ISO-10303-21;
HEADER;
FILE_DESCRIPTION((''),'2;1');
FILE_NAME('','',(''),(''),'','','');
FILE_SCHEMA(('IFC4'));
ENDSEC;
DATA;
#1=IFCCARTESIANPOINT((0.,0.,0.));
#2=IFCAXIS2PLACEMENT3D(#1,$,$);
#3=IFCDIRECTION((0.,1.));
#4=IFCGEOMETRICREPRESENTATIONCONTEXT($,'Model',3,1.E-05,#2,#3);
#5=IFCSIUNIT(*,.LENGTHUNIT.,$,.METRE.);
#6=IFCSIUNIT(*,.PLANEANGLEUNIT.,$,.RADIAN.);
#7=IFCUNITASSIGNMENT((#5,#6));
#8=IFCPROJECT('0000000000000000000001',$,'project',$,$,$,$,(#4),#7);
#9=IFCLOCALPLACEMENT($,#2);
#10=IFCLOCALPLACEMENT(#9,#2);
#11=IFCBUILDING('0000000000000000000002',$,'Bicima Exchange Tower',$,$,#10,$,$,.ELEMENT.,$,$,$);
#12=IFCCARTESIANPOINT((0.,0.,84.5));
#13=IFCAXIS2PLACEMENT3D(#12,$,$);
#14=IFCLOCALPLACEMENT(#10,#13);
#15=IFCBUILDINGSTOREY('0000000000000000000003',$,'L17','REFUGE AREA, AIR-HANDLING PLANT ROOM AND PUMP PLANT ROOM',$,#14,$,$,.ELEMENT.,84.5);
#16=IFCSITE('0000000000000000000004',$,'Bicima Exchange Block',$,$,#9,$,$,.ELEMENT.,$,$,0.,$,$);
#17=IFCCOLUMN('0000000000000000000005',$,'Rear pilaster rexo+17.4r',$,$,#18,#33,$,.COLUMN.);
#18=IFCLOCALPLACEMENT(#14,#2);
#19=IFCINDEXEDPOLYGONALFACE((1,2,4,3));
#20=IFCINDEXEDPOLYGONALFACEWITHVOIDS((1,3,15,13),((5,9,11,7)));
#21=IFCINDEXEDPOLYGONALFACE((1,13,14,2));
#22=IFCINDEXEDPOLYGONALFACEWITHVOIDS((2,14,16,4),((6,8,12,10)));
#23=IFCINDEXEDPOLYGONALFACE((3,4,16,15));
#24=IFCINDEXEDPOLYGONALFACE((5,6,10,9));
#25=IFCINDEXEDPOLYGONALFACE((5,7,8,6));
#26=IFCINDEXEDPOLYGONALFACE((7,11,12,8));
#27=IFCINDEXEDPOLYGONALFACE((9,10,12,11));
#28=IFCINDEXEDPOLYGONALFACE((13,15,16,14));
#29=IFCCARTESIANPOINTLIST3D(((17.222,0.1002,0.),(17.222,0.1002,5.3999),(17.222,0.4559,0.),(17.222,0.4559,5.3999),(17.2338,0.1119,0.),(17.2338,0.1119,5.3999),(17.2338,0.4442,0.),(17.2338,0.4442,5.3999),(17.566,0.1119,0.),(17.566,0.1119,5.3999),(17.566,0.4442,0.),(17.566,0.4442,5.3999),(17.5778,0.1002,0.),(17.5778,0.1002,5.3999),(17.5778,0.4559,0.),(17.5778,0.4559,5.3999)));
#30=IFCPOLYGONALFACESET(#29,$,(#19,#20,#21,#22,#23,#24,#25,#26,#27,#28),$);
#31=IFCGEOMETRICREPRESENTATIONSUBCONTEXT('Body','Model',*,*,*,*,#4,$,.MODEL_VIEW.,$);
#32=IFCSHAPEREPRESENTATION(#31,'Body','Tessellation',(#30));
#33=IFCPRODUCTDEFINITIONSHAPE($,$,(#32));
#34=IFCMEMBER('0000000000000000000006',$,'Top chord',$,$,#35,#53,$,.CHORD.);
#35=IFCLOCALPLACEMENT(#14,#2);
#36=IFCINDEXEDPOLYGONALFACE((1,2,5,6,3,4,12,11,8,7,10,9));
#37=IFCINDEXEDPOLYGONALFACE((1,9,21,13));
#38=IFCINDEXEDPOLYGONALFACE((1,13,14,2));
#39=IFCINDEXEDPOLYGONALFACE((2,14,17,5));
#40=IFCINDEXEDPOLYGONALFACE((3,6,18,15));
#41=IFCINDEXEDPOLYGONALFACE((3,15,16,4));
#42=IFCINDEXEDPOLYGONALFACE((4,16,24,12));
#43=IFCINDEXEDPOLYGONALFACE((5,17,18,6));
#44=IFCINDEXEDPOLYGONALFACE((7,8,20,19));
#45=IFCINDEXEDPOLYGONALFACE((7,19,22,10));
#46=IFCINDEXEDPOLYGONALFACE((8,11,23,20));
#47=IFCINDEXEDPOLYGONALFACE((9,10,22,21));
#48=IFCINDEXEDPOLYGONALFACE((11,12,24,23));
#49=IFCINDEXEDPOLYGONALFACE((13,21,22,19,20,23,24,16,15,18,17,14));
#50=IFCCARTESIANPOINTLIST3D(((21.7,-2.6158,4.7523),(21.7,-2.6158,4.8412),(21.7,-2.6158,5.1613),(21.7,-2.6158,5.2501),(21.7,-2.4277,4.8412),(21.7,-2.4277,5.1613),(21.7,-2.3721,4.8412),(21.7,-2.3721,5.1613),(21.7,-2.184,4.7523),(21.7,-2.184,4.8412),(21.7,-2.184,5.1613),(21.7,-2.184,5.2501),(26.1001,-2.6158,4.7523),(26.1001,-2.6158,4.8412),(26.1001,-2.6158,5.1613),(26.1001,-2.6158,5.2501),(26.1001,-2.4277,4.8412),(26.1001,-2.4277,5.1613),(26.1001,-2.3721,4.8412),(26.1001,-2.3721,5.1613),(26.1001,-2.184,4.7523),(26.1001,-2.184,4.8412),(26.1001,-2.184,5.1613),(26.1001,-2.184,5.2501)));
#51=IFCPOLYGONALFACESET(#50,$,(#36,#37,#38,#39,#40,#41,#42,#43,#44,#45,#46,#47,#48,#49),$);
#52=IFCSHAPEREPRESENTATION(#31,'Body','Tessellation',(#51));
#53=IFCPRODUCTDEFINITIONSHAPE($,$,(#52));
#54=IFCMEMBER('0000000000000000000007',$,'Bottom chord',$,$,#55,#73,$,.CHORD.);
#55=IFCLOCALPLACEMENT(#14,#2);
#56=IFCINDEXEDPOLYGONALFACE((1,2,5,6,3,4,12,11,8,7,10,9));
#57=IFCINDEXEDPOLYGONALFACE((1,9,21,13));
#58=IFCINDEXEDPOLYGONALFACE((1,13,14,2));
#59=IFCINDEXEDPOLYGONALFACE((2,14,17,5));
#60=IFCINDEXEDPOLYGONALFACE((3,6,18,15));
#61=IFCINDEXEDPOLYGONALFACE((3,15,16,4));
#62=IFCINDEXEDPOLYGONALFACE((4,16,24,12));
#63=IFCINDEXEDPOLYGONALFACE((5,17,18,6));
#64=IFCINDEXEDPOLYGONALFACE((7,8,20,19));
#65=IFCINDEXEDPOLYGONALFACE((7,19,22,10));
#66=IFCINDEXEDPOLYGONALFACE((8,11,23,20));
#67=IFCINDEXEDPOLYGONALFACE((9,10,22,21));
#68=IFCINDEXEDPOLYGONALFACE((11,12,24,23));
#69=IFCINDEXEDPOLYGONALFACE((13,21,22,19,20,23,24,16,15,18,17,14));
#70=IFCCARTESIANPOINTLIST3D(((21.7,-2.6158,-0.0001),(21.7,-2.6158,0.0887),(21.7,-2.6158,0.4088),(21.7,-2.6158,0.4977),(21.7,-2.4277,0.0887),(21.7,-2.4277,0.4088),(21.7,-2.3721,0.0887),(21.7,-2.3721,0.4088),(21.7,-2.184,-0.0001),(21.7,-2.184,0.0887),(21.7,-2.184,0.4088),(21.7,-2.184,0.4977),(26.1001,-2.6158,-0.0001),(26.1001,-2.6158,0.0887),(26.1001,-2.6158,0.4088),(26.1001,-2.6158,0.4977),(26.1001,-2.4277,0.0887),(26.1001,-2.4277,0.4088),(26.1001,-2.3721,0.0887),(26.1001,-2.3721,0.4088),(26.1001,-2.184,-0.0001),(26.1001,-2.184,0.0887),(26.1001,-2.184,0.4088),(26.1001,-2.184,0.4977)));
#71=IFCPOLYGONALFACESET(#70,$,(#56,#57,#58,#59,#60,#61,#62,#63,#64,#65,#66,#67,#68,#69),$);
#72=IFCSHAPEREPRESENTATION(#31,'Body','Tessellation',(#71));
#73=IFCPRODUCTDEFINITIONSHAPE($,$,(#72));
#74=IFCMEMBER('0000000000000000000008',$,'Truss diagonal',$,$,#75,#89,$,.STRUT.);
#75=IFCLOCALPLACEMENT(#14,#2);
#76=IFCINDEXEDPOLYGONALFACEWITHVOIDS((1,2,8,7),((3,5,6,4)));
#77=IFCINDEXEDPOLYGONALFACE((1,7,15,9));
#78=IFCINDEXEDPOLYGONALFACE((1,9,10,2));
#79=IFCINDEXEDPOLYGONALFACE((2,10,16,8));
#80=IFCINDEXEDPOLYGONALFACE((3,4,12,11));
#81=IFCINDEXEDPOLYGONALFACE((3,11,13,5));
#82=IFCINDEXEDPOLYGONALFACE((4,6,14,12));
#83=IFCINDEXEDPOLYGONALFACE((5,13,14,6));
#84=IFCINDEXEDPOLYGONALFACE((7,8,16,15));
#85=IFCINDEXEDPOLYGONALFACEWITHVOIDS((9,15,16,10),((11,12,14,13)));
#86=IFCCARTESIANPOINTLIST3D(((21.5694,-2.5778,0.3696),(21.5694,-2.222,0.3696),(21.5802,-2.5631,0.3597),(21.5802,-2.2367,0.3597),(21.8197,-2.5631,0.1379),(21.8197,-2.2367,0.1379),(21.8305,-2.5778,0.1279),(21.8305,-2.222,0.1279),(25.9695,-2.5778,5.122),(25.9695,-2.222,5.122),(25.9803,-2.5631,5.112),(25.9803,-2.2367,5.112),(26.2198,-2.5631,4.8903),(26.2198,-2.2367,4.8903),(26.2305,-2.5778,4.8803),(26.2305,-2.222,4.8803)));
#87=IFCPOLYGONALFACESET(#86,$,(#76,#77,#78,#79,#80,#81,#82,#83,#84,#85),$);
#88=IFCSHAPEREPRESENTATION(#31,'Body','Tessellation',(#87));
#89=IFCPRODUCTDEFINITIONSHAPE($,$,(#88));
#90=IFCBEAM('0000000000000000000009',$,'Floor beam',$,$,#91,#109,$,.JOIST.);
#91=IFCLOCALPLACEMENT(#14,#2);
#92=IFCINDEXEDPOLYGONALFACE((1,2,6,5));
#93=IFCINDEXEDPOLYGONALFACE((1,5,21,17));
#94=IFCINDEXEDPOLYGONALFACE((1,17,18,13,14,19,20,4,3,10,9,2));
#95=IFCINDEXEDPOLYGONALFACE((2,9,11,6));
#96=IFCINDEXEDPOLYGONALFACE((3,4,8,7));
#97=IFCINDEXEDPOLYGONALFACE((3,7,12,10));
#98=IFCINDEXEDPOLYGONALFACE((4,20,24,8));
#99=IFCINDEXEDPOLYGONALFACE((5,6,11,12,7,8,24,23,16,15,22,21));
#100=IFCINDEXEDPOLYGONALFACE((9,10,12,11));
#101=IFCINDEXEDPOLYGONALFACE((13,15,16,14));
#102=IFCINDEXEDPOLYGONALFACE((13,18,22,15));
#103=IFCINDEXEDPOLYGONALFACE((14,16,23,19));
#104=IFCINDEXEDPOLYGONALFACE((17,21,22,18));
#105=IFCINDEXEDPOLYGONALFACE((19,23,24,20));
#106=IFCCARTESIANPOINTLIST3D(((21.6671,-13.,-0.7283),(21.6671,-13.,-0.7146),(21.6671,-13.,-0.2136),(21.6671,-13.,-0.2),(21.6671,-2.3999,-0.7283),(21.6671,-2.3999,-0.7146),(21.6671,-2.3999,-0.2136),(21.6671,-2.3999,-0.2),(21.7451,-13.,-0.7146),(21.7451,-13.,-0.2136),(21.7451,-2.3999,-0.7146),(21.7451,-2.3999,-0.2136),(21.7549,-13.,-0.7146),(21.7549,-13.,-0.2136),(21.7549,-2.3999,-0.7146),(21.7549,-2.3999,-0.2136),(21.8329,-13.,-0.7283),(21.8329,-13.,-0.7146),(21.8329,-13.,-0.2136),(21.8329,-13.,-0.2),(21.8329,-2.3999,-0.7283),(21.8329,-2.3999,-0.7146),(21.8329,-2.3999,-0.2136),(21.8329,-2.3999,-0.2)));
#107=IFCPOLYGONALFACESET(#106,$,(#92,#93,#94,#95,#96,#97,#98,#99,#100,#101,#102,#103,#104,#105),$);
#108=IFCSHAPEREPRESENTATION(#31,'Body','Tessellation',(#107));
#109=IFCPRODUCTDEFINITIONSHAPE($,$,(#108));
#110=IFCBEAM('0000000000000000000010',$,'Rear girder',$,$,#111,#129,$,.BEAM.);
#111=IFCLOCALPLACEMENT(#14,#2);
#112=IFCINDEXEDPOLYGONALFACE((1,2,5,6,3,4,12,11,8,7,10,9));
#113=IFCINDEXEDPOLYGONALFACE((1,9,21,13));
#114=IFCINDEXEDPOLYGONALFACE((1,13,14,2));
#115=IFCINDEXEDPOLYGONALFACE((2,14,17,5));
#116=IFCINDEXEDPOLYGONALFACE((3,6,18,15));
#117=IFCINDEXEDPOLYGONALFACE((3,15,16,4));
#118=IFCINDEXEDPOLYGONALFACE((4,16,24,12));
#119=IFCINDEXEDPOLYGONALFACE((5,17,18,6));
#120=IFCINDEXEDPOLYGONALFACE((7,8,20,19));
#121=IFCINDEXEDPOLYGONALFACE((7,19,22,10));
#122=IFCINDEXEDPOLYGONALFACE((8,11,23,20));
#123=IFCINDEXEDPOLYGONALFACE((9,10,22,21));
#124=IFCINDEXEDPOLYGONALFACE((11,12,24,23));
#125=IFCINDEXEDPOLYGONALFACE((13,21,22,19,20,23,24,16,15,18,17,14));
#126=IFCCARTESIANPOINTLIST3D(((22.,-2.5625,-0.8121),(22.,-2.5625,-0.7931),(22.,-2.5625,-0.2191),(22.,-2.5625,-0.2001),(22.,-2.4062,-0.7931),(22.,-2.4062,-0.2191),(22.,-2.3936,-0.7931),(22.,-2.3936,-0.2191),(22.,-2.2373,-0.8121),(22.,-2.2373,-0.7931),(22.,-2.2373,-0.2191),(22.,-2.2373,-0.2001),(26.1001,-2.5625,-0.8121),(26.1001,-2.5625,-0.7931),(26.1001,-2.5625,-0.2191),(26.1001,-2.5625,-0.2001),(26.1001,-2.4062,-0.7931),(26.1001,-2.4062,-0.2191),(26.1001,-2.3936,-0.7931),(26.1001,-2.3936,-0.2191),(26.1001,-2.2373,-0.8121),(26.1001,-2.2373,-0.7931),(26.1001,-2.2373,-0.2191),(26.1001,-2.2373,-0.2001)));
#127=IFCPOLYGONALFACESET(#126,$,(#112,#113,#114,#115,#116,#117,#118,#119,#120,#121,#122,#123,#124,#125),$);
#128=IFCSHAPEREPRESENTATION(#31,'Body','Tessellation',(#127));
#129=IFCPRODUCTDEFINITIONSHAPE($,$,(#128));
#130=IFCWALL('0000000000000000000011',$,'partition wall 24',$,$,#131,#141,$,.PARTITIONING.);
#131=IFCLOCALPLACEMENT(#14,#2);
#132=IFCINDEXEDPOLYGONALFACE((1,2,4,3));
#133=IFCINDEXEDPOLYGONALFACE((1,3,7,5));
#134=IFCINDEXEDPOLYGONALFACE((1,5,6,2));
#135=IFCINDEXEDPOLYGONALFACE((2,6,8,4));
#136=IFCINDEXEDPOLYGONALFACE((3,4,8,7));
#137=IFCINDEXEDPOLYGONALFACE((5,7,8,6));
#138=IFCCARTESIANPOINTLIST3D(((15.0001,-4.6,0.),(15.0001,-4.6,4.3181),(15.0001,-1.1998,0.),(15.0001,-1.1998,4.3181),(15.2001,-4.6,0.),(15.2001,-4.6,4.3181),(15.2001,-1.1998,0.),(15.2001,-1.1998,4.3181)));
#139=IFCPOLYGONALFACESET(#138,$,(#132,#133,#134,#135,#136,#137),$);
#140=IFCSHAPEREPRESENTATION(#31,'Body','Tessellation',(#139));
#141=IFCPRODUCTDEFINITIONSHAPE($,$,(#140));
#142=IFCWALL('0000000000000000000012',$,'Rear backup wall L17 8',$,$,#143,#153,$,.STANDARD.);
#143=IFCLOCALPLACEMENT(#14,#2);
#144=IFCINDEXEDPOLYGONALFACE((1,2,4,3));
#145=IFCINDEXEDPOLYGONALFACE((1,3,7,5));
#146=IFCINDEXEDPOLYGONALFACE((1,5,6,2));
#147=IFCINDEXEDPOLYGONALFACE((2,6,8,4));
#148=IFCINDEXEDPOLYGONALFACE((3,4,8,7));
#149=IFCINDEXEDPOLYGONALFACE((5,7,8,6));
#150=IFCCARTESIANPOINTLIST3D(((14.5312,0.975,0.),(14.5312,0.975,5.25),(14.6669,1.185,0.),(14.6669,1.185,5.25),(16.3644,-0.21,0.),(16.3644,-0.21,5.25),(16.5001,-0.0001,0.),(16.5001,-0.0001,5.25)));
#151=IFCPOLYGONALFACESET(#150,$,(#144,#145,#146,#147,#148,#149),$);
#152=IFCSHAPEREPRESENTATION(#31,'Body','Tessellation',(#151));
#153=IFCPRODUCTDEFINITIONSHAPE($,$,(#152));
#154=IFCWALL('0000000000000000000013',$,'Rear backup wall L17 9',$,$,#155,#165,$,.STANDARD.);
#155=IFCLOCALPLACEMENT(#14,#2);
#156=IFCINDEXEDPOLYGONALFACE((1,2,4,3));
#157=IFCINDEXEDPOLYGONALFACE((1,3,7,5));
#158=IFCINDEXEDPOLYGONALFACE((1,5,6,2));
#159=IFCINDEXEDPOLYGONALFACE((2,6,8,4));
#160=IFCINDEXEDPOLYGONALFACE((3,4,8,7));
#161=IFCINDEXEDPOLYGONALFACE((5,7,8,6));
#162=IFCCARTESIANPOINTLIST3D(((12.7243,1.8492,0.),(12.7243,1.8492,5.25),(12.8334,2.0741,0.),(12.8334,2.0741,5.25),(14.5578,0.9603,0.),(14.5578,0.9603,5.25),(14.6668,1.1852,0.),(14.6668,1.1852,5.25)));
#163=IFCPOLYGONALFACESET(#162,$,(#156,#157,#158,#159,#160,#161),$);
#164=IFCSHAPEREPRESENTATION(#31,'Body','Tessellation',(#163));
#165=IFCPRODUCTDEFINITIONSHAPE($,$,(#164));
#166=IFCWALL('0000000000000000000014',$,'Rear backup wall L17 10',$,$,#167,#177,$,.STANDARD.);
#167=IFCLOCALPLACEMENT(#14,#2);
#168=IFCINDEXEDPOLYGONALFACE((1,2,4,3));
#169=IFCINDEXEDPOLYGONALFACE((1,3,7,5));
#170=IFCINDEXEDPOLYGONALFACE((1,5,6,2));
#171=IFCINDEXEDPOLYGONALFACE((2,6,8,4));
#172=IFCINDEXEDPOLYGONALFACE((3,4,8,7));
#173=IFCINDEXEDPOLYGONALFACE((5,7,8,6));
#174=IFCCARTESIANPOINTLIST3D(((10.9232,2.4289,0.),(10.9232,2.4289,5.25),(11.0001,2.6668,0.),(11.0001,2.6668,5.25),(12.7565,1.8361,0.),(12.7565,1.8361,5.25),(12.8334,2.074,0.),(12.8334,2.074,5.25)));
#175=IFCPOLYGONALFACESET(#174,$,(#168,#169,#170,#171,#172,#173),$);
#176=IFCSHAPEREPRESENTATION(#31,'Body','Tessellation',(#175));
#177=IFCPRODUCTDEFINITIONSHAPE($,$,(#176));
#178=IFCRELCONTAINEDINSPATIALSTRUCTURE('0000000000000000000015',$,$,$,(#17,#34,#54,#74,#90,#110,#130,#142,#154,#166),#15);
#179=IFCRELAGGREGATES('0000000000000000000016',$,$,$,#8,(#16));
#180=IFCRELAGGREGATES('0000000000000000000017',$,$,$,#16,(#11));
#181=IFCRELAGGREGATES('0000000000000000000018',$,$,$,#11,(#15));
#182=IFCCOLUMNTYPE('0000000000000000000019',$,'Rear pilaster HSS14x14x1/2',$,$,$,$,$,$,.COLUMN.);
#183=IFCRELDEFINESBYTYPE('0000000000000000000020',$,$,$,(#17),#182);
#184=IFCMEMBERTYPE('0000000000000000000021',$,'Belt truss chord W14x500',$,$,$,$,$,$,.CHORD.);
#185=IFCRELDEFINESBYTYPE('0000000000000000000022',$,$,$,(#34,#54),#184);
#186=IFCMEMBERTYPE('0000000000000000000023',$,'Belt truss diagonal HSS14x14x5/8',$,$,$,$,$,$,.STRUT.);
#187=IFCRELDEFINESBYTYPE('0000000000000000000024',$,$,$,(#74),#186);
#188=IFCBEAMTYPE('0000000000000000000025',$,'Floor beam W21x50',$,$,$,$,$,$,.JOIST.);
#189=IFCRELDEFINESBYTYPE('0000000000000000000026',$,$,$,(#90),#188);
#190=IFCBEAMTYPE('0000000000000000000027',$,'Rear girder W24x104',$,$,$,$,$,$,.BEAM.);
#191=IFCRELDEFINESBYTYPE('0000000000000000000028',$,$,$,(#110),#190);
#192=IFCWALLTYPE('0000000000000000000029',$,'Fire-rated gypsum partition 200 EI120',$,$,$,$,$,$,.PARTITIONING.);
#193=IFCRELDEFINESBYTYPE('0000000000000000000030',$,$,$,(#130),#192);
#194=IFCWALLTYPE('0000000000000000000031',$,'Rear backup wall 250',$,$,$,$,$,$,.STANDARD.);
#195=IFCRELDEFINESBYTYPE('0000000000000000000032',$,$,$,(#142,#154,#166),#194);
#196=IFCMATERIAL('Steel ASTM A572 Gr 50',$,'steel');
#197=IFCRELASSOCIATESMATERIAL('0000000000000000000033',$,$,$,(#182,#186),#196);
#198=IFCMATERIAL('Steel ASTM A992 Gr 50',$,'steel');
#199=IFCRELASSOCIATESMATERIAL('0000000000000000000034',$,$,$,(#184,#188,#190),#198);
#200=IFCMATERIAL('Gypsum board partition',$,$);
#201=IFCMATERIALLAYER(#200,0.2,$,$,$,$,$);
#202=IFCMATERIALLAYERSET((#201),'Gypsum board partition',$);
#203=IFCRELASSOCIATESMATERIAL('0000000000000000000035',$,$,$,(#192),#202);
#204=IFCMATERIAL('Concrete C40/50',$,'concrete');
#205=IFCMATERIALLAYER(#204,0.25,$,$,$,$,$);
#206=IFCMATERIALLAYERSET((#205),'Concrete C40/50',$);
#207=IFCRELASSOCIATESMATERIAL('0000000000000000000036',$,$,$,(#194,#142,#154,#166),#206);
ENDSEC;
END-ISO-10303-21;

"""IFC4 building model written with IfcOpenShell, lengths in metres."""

from ifc_helpers import new_model, si_unit, direction, frame, frame_2d, origin, origin_2d, place, context, subcontext, project, spatial, rectangle, hollow_rectangle, i_section, extrude, material, layer, layer_set, layer_usage, material_profile, profile_set, type_object, element, save


model = new_model("IFC4")

# Units and contexts
model_context = context("Model", 3, precision=1e-05, world=origin(), true_north=direction((0.0, 1.0)))
body_context = subcontext(model_context, "Body", "Model", "MODEL_VIEW")
ifc_project = project(units=[si_unit("LENGTHUNIT", "METRE"), si_unit("PLANEANGLEUNIT", "RADIAN")], contexts=[model_context])

# Site, building, storey
site_placement = place(None, origin())
site = spatial("IfcSite", under=ifc_project, at=site_placement, Name="Bicima Exchange Block", CompositionType="ELEMENT", RefElevation=0.0)
building_placement = place(site_placement, origin())
building = spatial("IfcBuilding", under=site, at=building_placement, Name="Bicima Exchange Tower", CompositionType="ELEMENT")
storey_placement = place(building_placement, frame((0.0, 0.0, 84.5)))
storey = spatial("IfcBuildingStorey", under=building, at=storey_placement, Name="L17", Description="REFUGE AREA, AIR-HANDLING PLANT ROOM AND PUMP PLANT ROOM", CompositionType="ELEMENT", Elevation=84.5)

# Column
ifc_material_1 = material(Name="Steel ASTM A572 Gr 50", Category="steel")
ifc_material_profile_1 = material_profile(ifc_material_1, hollow_rectangle(XDim=0.3557, YDim=0.3557, WallThickness=0.0117, at=origin_2d()))
ifc_profile_set_1 = profile_set([ifc_material_profile_1], Name="Steel ASTM A572 Gr 50")
column_type = type_object("IfcColumnType", Name="Rear pilaster HSS14x14x1/2", PredefinedType="COLUMN", material=ifc_profile_set_1)
column_placement = place(storey_placement, frame((17.3999, 0.2781, 0.0), z_axis=(0.0, 0.0, 1.0), x_axis=(1.0, 0.0, 0.0)))
element("IfcColumn", 1, at=column_placement, inside=storey, type_object=column_type, Name="Rear pilaster rexo+17.4r", PredefinedType="COLUMN", context=body_context, shape_type="SweptSolid", body=[
    extrude(hollow_rectangle(XDim=0.3557, YDim=0.3557, WallThickness=0.0117, at=origin_2d()), origin(), (0.0, 0.0, 1.0), 5.3999),
])

# Members
ifc_material_2 = material(Name="Steel ASTM A992 Gr 50", Category="steel")
ifc_material_profile_2 = material_profile(ifc_material_2, i_section(OverallWidth=0.4319, OverallDepth=0.4978, WebThickness=0.0557, FlangeThickness=0.0889, at=origin_2d()))
ifc_profile_set_2 = profile_set([ifc_material_profile_2], Name="Steel ASTM A992 Gr 50")
member_type_1 = type_object("IfcMemberType", Name="Belt truss chord W14x500", PredefinedType="CHORD", material=ifc_profile_set_2)
for number, where, z_axis, x_axis, name in (
    (2, (21.7, -2.3999, 5.0012), (1.0, 0.0, 0.0), (0.0, 1.0, 0.0), "Top chord"),
    (3, (21.7, -2.3999, 0.2488), (1.0, 0.0, 0.0), (0.0, 1.0, 0.0), "Bottom chord"),
):
    element("IfcMember", number, at=place(storey_placement, frame(where, z_axis=z_axis, x_axis=x_axis)), inside=storey, type_object=member_type_1, Name=name, PredefinedType="CHORD", context=body_context, shape_type="SweptSolid", body=[
        extrude(i_section(OverallWidth=0.4319, OverallDepth=0.4978, WebThickness=0.0557, FlangeThickness=0.0889, at=origin_2d()), origin(), (0.0, 0.0, 1.0), 4.4001),
    ])
ifc_material_profile_3 = material_profile(ifc_material_1, hollow_rectangle(XDim=0.3557, YDim=0.3557, WallThickness=0.0146, at=origin_2d()))
ifc_profile_set_3 = profile_set([ifc_material_profile_3], Name="Steel ASTM A572 Gr 50")
member_type_2 = type_object("IfcMemberType", Name="Belt truss diagonal HSS14x14x5/8", PredefinedType="STRUT", material=ifc_profile_set_3)
member_placement = place(storey_placement, frame((21.7, -2.3999, 0.2488), z_axis=(0.679386, 0.0, 0.733781), x_axis=(0.0, 1.0, 0.0)))
element("IfcMember", 4, at=member_placement, inside=storey, type_object=member_type_2, Name="Truss diagonal", PredefinedType="STRUT", context=body_context, shape_type="SweptSolid", body=[
    extrude(hollow_rectangle(XDim=0.3557, YDim=0.3557, WallThickness=0.0146, at=origin_2d()), origin(), (0.0, 0.0, 1.0), 6.4766),
])

# Beams
ifc_material_profile_4 = material_profile(ifc_material_2, i_section(OverallWidth=0.1658, OverallDepth=0.5283, WebThickness=0.0098, FlangeThickness=0.0137, at=origin_2d()))
ifc_profile_set_4 = profile_set([ifc_material_profile_4], Name="Steel ASTM A992 Gr 50")
beam_type_1 = type_object("IfcBeamType", Name="Floor beam W21x50", PredefinedType="JOIST", material=ifc_profile_set_4)
beam_1_placement = place(storey_placement, frame((21.75, -2.3999, -0.4641), z_axis=(0.0, -1.0, 0.0), x_axis=(1.0, 0.0, 0.0)))
element("IfcBeam", 5, at=beam_1_placement, inside=storey, type_object=beam_type_1, Name="Floor beam", PredefinedType="JOIST", context=body_context, shape_type="SweptSolid", body=[
    extrude(i_section(OverallWidth=0.1658, OverallDepth=0.5283, WebThickness=0.0098, FlangeThickness=0.0137, at=origin_2d()), origin(), (0.0, 0.0, 1.0), 10.6001),
])
ifc_material_profile_5 = material_profile(ifc_material_2, i_section(OverallWidth=0.3252, OverallDepth=0.6121, WebThickness=0.0127, FlangeThickness=0.019, at=origin_2d()))
ifc_profile_set_5 = profile_set([ifc_material_profile_5], Name="Steel ASTM A992 Gr 50")
beam_type_2 = type_object("IfcBeamType", Name="Rear girder W24x104", PredefinedType="BEAM", material=ifc_profile_set_5)
beam_2_placement = place(storey_placement, frame((22.0, -2.3999, -0.5061), z_axis=(1.0, 0.0, 0.0), x_axis=(0.0, 1.0, 0.0)))
element("IfcBeam", 6, at=beam_2_placement, inside=storey, type_object=beam_type_2, Name="Rear girder", PredefinedType="BEAM", context=body_context, shape_type="SweptSolid", body=[
    extrude(i_section(OverallWidth=0.3252, OverallDepth=0.6121, WebThickness=0.0127, FlangeThickness=0.019, at=origin_2d()), origin(), (0.0, 0.0, 1.0), 4.1001),
])

# Walls
ifc_material_3 = material(Name="Gypsum board partition")
ifc_layer_1 = layer(ifc_material_3, 0.2)
ifc_layer_set_1 = layer_set([ifc_layer_1], Name="Gypsum board partition")
wall_type_1 = type_object("IfcWallType", Name="Fire-rated gypsum partition 200 EI120", PredefinedType="PARTITIONING", material=ifc_layer_set_1)
wall_1_placement = place(storey_placement, frame((15.1001, -4.6001, 0.0), z_axis=(0.0, 0.0, 1.0), x_axis=(0.0, 1.0, 0.0)))
element("IfcWall", 7, at=wall_1_placement, inside=storey, type_object=wall_type_1, Name="partition wall 24", PredefinedType="PARTITIONING", context=body_context, shape_type="SweptSolid", body=[
    extrude(rectangle(XDim=3.4001, YDim=0.2, at=frame_2d((1.7002, 0.0))), origin(), (0.0, 0.0, 1.0), 4.3181),
])
ifc_material_4 = material(Name="Concrete C40/50", Category="concrete")
ifc_layer_2 = layer(ifc_material_4, 0.25)
ifc_layer_set_2 = layer_set([ifc_layer_2], Name="Concrete C40/50")
ifc_layer_usage = layer_usage(ifc_layer_set_2, "AXIS2", "POSITIVE", -0.125)
wall_type_2 = type_object("IfcWallType", Name="Rear backup wall 250", PredefinedType="STANDARD", material=ifc_layer_set_2)
wall_2_placement = place(storey_placement, frame((16.4321, -0.105, 0.0), z_axis=(0.0, 0.0, 1.0), x_axis=(-0.839813, 0.542876, 0.0)))
element("IfcWall", 8, at=wall_2_placement, inside=storey, type_object=wall_type_2, material=ifc_layer_usage, Name="Rear backup wall L17 8", PredefinedType="STANDARD", context=body_context, shape_type="SweptSolid", body=[
    extrude(rectangle(XDim=2.1829, YDim=0.25, at=frame_2d((1.0913, 0.0))), origin(), (0.0, 0.0, 1.0), 5.25),
])
wall_3_placement = place(storey_placement, frame((14.6123, 1.0728, 0.0), z_axis=(0.0, 0.0, 1.0), x_axis=(-0.899824, 0.436253, 0.0)))
element("IfcWall", 9, at=wall_3_placement, inside=storey, type_object=wall_type_2, material=ifc_layer_usage, Name="Rear backup wall L17 9", PredefinedType="STANDARD", context=body_context, shape_type="SweptSolid", body=[
    extrude(rectangle(XDim=2.0376, YDim=0.25, at=frame_2d((1.0188, 0.0))), origin(), (0.0, 0.0, 1.0), 5.25),
])
wall_4_placement = place(storey_placement, frame((12.7949, 1.9551, 0.0), z_axis=(0.0, 0.0, 1.0), x_axis=(-0.951496, 0.307662, 0.0)))
element("IfcWall", 10, at=wall_4_placement, inside=storey, type_object=wall_type_2, material=ifc_layer_usage, Name="Rear backup wall L17 10", PredefinedType="STANDARD", context=body_context, shape_type="SweptSolid", body=[
    extrude(rectangle(XDim=1.9268, YDim=0.25, at=frame_2d((0.9634, 0.0))), origin(), (0.0, 0.0, 1.0), 5.25),
])

save(model, "model.ifc")
